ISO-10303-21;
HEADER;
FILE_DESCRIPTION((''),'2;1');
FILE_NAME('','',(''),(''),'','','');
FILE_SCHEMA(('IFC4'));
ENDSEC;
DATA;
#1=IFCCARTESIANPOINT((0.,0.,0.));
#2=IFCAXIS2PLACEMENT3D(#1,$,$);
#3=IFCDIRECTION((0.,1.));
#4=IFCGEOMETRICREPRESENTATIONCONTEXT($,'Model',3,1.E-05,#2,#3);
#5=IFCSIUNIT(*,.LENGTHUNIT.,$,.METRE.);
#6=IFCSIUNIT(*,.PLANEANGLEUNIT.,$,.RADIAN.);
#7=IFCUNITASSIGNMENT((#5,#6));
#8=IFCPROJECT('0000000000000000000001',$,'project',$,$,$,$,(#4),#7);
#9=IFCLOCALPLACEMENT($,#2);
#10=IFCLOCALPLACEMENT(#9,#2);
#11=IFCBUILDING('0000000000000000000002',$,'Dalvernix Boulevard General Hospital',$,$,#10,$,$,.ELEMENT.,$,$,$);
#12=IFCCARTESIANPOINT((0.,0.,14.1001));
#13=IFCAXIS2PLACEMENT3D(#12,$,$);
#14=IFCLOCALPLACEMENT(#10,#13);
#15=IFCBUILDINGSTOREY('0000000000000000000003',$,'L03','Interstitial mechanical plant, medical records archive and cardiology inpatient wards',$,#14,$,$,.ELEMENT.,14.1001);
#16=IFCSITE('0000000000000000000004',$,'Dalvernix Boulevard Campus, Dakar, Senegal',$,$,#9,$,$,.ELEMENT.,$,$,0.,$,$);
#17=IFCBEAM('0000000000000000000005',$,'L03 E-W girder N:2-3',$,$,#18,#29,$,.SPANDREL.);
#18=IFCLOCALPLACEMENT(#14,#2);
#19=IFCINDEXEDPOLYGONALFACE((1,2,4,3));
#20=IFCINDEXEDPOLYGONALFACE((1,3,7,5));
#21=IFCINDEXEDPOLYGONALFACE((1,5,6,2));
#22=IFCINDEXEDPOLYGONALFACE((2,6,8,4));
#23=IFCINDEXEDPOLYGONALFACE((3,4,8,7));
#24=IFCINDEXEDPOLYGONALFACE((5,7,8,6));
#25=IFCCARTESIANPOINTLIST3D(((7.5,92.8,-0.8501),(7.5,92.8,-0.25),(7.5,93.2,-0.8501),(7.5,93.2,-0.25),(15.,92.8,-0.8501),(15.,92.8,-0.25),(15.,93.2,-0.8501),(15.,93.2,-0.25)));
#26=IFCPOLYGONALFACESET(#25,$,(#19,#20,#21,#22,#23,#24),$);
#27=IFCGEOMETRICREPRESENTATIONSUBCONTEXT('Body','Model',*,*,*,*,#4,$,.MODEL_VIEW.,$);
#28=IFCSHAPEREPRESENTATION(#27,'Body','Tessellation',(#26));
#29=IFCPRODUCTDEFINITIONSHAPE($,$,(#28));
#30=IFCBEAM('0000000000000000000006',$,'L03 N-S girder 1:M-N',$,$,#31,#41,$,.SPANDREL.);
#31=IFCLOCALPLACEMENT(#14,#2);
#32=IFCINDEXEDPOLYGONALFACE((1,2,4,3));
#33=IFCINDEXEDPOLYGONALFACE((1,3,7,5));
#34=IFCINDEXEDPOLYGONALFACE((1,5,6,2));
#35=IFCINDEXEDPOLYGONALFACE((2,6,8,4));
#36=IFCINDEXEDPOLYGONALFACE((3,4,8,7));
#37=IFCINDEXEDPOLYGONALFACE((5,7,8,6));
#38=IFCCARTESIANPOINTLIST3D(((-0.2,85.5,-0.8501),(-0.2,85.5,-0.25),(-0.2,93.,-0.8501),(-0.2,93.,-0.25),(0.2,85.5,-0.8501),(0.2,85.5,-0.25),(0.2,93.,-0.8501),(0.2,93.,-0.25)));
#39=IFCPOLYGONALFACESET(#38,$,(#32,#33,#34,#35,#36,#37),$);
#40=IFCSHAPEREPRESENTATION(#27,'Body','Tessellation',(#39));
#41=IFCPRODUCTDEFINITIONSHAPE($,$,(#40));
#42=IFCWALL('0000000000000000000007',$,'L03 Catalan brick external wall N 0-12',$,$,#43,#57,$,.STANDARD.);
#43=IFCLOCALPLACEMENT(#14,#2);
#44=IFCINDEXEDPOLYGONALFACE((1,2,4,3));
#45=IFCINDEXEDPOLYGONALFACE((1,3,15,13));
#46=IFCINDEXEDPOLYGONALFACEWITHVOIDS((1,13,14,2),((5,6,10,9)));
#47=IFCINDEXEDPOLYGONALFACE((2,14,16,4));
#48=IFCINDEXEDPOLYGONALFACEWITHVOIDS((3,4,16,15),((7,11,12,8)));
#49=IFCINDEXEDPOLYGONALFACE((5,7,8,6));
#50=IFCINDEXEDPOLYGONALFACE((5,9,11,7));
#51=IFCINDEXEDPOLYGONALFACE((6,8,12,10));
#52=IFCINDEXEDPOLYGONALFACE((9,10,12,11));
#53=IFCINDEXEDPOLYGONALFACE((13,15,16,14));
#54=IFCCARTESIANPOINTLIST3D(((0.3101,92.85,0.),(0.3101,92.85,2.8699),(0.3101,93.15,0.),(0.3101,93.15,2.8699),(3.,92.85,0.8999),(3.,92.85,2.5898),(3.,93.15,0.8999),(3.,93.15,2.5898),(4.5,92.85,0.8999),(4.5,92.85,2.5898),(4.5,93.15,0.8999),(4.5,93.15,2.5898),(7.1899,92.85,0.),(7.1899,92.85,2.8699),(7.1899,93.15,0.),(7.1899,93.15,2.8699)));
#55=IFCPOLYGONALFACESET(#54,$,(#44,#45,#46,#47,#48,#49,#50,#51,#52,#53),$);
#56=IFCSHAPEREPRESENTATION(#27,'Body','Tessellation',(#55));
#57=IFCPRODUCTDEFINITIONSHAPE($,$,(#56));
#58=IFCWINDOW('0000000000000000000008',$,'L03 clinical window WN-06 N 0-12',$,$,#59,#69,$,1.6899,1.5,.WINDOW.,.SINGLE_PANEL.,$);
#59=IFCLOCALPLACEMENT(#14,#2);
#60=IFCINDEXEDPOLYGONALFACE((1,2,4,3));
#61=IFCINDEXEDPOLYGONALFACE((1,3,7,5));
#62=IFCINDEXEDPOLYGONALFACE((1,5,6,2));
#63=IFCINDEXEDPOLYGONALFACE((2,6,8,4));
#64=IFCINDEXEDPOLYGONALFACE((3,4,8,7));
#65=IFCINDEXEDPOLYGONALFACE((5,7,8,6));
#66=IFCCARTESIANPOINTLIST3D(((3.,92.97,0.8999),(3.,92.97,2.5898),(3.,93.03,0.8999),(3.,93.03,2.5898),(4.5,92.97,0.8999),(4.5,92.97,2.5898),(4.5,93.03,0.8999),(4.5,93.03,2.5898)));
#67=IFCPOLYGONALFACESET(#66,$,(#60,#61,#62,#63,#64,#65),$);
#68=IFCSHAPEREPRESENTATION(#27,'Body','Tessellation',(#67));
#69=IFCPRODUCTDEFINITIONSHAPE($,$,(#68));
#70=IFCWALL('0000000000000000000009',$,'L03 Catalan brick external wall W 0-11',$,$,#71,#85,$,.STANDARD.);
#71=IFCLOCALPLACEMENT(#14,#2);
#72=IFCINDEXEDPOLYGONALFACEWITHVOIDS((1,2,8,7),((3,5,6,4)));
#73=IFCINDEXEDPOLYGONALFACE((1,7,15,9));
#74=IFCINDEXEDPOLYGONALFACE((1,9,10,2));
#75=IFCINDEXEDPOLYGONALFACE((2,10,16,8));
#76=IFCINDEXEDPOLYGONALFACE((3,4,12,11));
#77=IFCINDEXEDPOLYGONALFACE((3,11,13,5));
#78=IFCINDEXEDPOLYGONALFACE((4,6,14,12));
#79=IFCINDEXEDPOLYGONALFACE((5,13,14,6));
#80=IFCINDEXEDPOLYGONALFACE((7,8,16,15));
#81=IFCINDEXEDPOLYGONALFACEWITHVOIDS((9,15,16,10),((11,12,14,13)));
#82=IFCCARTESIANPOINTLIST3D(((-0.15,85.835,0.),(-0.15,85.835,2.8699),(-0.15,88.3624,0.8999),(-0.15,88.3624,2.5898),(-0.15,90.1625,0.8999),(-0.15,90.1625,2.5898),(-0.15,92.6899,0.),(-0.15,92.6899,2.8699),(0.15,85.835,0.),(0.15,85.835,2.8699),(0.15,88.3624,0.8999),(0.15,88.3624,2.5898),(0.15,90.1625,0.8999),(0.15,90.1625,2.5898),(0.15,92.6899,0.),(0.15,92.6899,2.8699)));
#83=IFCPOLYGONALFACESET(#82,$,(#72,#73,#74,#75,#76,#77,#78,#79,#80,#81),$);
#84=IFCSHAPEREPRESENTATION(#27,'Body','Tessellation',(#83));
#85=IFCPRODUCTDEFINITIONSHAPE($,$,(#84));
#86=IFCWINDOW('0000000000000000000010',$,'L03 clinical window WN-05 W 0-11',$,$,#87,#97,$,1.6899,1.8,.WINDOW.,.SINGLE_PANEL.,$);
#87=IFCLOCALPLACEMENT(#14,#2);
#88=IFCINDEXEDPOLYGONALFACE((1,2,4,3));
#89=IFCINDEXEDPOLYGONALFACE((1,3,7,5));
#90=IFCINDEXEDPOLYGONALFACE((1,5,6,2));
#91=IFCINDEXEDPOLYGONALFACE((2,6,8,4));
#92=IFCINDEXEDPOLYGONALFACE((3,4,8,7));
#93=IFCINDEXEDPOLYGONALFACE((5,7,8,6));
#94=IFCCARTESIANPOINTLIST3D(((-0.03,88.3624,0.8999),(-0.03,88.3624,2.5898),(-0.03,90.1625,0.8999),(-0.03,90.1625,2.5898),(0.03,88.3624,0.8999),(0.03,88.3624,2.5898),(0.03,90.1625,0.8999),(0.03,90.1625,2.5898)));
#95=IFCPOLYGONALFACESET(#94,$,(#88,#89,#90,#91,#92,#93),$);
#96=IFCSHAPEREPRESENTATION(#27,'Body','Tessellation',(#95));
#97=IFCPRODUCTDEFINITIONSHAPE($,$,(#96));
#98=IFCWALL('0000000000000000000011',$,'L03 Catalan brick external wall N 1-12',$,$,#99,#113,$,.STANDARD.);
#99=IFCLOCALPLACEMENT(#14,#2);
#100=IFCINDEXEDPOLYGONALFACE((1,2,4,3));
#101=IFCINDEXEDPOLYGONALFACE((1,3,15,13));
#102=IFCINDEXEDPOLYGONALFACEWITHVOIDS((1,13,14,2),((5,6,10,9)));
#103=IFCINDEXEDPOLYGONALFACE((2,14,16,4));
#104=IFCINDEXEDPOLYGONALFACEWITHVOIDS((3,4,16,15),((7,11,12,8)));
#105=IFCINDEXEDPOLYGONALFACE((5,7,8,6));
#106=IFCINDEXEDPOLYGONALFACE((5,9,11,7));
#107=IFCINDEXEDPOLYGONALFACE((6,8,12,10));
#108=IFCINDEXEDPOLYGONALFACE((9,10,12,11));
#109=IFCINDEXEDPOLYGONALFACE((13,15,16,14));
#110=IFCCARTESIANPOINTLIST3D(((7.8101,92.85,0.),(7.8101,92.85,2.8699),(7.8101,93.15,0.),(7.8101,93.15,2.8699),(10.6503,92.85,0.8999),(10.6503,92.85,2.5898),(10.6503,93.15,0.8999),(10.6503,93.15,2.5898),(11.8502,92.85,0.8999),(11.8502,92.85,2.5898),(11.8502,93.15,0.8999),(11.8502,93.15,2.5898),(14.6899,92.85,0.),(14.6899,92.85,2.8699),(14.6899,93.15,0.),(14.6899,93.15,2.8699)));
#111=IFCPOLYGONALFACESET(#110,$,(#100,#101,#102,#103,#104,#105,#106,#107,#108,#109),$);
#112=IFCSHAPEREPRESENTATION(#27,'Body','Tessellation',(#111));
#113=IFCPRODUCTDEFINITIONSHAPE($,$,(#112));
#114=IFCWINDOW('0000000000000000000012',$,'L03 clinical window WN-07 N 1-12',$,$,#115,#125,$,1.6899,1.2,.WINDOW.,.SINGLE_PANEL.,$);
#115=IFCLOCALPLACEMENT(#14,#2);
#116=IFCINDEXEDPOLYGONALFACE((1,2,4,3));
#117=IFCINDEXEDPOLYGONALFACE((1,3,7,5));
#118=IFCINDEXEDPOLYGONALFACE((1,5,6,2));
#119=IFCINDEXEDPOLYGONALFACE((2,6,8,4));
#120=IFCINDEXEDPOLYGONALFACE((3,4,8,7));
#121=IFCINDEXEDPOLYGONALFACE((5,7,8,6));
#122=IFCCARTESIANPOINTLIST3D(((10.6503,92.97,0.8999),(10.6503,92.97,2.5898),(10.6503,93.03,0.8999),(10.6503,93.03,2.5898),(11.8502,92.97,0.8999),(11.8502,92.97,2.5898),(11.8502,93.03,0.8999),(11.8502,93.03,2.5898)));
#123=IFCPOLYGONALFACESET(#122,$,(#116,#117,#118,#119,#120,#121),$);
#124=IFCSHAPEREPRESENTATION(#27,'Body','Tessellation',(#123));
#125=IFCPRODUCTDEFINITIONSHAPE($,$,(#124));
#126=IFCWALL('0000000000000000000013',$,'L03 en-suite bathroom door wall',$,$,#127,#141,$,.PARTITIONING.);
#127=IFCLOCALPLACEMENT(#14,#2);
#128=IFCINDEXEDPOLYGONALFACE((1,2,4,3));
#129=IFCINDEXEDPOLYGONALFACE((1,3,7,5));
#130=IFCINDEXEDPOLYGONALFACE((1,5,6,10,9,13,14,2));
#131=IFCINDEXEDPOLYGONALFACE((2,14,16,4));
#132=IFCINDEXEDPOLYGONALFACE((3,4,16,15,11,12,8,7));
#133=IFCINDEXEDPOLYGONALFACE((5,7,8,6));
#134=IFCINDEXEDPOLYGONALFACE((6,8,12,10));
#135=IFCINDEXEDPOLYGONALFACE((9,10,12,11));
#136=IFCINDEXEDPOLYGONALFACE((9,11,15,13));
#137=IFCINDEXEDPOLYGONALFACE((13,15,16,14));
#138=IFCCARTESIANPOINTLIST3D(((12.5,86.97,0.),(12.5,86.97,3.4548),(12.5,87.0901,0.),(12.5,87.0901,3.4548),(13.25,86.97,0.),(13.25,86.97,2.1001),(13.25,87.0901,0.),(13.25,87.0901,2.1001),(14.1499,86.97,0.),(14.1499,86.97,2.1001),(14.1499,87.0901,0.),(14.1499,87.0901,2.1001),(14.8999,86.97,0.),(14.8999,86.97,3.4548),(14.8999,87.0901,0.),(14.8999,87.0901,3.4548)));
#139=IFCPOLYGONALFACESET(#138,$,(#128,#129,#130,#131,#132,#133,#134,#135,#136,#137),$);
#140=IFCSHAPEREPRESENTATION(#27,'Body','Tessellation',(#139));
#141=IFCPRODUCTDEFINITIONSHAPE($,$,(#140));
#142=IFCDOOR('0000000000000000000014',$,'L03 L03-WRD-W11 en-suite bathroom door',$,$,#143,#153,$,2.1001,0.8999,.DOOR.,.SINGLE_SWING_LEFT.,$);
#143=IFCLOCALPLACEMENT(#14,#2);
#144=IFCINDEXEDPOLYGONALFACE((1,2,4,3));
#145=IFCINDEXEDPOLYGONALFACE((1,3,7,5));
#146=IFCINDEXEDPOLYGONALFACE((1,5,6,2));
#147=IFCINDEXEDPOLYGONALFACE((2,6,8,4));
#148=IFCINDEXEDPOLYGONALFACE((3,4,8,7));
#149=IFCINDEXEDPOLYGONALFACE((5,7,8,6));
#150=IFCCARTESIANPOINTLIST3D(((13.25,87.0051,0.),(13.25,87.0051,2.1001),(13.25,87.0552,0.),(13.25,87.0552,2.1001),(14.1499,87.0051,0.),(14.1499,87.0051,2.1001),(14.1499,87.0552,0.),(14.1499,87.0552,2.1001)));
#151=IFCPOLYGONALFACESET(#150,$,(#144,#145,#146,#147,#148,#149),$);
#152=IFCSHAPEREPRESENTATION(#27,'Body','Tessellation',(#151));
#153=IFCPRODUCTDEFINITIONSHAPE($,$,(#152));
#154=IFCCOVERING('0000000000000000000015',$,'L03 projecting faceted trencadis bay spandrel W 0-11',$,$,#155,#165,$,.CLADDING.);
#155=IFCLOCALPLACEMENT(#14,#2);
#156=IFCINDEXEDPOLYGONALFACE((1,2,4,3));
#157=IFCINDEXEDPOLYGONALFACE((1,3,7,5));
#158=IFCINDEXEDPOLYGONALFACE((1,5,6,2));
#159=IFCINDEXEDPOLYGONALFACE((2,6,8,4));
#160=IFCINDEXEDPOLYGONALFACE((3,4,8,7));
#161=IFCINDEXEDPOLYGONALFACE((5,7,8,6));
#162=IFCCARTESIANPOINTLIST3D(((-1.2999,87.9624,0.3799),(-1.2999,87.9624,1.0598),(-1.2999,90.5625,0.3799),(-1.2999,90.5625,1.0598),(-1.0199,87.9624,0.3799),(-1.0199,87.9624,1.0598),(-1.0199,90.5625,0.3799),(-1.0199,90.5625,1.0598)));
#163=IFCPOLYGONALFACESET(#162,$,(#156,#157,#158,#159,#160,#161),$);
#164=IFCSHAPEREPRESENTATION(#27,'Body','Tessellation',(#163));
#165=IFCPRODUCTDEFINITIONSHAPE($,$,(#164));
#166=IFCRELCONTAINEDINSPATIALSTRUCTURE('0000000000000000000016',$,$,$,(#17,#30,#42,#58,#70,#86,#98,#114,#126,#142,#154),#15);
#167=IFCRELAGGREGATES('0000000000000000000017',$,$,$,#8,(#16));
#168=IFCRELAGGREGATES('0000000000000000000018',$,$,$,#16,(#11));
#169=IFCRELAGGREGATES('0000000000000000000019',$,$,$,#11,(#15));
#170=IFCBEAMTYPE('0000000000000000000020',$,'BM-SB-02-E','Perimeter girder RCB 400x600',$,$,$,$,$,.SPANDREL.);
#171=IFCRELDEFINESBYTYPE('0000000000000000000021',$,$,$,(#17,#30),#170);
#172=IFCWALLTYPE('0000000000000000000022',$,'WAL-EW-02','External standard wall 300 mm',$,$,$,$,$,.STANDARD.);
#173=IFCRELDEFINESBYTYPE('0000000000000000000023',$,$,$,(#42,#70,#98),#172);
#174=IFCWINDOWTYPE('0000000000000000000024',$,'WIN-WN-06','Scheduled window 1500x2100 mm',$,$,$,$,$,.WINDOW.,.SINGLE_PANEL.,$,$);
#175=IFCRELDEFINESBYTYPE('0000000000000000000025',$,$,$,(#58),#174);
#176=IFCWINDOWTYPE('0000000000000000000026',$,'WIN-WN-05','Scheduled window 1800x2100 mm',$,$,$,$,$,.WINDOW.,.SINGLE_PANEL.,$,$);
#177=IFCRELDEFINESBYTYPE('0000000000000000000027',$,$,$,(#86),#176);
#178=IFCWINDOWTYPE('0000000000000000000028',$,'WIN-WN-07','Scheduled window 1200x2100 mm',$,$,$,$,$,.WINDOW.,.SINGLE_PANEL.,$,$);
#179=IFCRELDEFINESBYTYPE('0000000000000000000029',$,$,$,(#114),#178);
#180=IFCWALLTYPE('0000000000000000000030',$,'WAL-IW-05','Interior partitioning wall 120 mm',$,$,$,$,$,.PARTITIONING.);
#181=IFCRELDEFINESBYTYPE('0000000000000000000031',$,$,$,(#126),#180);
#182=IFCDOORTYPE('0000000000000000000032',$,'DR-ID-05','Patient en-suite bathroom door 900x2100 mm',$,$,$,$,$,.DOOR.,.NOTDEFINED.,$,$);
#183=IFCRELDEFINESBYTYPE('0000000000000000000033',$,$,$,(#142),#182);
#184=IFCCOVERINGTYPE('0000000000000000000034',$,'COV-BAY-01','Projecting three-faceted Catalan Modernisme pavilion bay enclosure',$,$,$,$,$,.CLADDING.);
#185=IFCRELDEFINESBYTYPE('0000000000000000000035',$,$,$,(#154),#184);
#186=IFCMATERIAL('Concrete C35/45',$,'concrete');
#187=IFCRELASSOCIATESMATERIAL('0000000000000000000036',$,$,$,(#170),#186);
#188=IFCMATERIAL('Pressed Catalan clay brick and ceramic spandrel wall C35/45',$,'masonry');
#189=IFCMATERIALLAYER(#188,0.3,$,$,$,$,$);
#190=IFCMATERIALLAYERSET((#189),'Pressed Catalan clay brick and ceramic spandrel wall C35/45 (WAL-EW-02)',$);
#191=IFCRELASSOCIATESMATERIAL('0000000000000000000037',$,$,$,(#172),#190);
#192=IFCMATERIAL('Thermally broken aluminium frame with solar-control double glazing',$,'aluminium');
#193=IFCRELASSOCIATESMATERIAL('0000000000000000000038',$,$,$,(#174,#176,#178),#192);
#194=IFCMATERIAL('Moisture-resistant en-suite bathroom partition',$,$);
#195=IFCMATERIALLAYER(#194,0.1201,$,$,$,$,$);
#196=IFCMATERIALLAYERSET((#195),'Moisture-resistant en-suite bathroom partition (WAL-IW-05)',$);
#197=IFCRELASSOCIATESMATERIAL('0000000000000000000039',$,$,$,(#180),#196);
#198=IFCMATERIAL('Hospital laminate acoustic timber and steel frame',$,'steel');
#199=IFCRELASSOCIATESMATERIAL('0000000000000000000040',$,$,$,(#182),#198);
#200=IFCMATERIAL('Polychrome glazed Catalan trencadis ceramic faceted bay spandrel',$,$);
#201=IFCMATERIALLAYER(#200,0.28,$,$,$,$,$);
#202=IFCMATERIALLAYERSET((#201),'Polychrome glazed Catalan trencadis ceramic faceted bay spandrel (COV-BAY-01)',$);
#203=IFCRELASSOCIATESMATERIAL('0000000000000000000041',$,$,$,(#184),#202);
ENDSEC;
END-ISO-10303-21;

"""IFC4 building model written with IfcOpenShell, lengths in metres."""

from ifc_helpers import new_model, si_unit, direction, frame, frame_2d, origin, origin_2d, place, context, subcontext, project, spatial, rectangle, extrude, material, layer, layer_set, material_profile, profile_set, type_object, element, fill, save


model = new_model("IFC4")

# Units and contexts
model_context = context("Model", 3, precision=1e-05, world=origin(), true_north=direction((0.0, 1.0)))
body_context = subcontext(model_context, "Body", "Model", "MODEL_VIEW")
ifc_project = project(units=[si_unit("LENGTHUNIT", "METRE"), si_unit("PLANEANGLEUNIT", "RADIAN")], contexts=[model_context])

# Site, building, storey
site_placement = place(None, origin())
site = spatial("IfcSite", under=ifc_project, at=site_placement, Name="Dalvernix Boulevard Campus, Dakar, Senegal", CompositionType="ELEMENT", RefElevation=0.0)
building_placement = place(site_placement, origin())
building = spatial("IfcBuilding", under=site, at=building_placement, Name="Dalvernix Boulevard General Hospital", CompositionType="ELEMENT")
storey_placement = place(building_placement, frame((0.0, 0.0, 14.1001)))
storey = spatial("IfcBuildingStorey", under=building, at=storey_placement, Name="L03", Description="Interstitial mechanical plant, medical records archive and cardiology inpatient wards", CompositionType="ELEMENT", Elevation=14.1001)

# Beams
ifc_material_1 = material(Name="Concrete C35/45", Category="concrete")
ifc_material_profile_1 = material_profile(ifc_material_1, rectangle(XDim=0.3999, YDim=0.6001, at=origin_2d()), Name="RCB 400x600")
ifc_profile_set_1 = profile_set([ifc_material_profile_1], Name="Concrete C35/45")
beam_type_1 = type_object("IfcBeamType", Name="BM-SB-02-E", Description="Perimeter girder RCB 400x600", PredefinedType="SPANDREL", material=ifc_profile_set_1)
for number, where, z_axis, x_axis, name in (
    (1, (7.5, 93.0, -0.55), (1.0, 0.0, 0.0), (0.0, 1.0, 0.0), "L03 E-W girder N:2-3"),
    (2, (0.0, 85.5, -0.55), (0.0, 1.0, 0.0), (-1.0, 0.0, 0.0), "L03 N-S girder 1:M-N"),
):
    element("IfcBeam", number, at=place(storey_placement, frame(where, z_axis=z_axis, x_axis=x_axis)), inside=storey, type_object=beam_type_1, Name=name, PredefinedType="SPANDREL", context=body_context, shape_type="SweptSolid", body=[
        extrude(rectangle(XDim=0.3999, YDim=0.6001, at=origin_2d()), origin(), (0.0, 0.0, 1.0), 7.5),
    ])

# Walls, openings, windows
ifc_material_2 = material(Name="Pressed Catalan clay brick and ceramic spandrel wall C35/45", Category="masonry")
ifc_layer_1 = layer(ifc_material_2, 0.3)
ifc_layer_set_1 = layer_set([ifc_layer_1], Name="Pressed Catalan clay brick and ceramic spandrel wall C35/45 (WAL-EW-02)")
wall_type_1 = type_object("IfcWallType", Name="WAL-EW-02", Description="External standard wall 300 mm", PredefinedType="STANDARD", material=ifc_layer_set_1)
wall_1_placement = place(storey_placement, frame((0.3101, 93.0, 0.0), z_axis=(0.0, 0.0, 1.0), x_axis=(1.0, 0.0, 0.0)))
wall_1 = element("IfcWall", 3, at=wall_1_placement, inside=storey, type_object=wall_type_1, Name="L03 Catalan brick external wall N 0-12", PredefinedType="STANDARD", context=body_context, shape_type="SweptSolid", body=[
    extrude(rectangle(XDim=6.8799, YDim=0.3, at=frame_2d((3.4399, 0.0))), origin(), (0.0, 0.0, 1.0), 2.8699),
])
opening_1_placement = place(wall_1_placement, frame((2.6899, 0.0, 0.8999)))
opening_1 = element("IfcOpeningElement", 4, at=opening_1_placement, cuts=wall_1, PredefinedType="OPENING", context=body_context, shape_type="SweptSolid", body=[
    extrude(rectangle(XDim=1.5, YDim=1.6899, at=frame_2d((0.75, 0.845))), frame((0.0, 0.1599, 0.0), z_axis=(0.0, -1.0, 0.0), x_axis=(1.0, 0.0, 0.0)), (0.0, 0.0, 1.0), 0.3201),
])
ifc_material_3 = material(Name="Thermally broken aluminium frame with solar-control double glazing", Category="aluminium")
window_type_1 = type_object("IfcWindowType", Name="WIN-WN-06", Description="Scheduled window 1500x2100 mm", PartitioningType="SINGLE_PANEL", PredefinedType="WINDOW", material=ifc_material_3)
window_1_placement = place(opening_1_placement, origin())
window_1 = element("IfcWindow", 5, at=window_1_placement, inside=storey, type_object=window_type_1, Name="L03 clinical window WN-06 N 0-12", OverallHeight=1.6899, OverallWidth=1.5, PartitioningType="SINGLE_PANEL", PredefinedType="WINDOW", context=body_context, shape_type="SweptSolid", body=[
    extrude(rectangle(XDim=1.5, YDim=1.6899, at=frame_2d((0.75, 0.845))), frame((0.0, 0.03, 0.0), z_axis=(0.0, -1.0, 0.0), x_axis=(1.0, 0.0, 0.0)), (0.0, 0.0, 1.0), 0.0601),
])
fill(opening_1, window_1)
wall_2_placement = place(storey_placement, frame((0.0, 85.835, 0.0), z_axis=(0.0, 0.0, 1.0), x_axis=(0.0, 1.0, 0.0)))
wall_2 = element("IfcWall", 6, at=wall_2_placement, inside=storey, type_object=wall_type_1, Name="L03 Catalan brick external wall W 0-11", PredefinedType="STANDARD", context=body_context, shape_type="SweptSolid", body=[
    extrude(rectangle(XDim=6.855, YDim=0.3, at=frame_2d((3.4275, 0.0))), origin(), (0.0, 0.0, 1.0), 2.8699),
])
opening_2_placement = place(wall_2_placement, frame((2.5276, 0.0, 0.8999)))
opening_2 = element("IfcOpeningElement", 7, at=opening_2_placement, cuts=wall_2, PredefinedType="OPENING", context=body_context, shape_type="SweptSolid", body=[
    extrude(rectangle(XDim=1.8, YDim=1.6899, at=frame_2d((0.8999, 0.845))), frame((0.0, 0.1599, 0.0), z_axis=(0.0, -1.0, 0.0), x_axis=(1.0, 0.0, 0.0)), (0.0, 0.0, 1.0), 0.3201),
])
window_type_2 = type_object("IfcWindowType", Name="WIN-WN-05", Description="Scheduled window 1800x2100 mm", PartitioningType="SINGLE_PANEL", PredefinedType="WINDOW", material=ifc_material_3)
window_2_placement = place(opening_2_placement, origin())
window_2 = element("IfcWindow", 8, at=window_2_placement, inside=storey, type_object=window_type_2, Name="L03 clinical window WN-05 W 0-11", OverallHeight=1.6899, OverallWidth=1.8, PartitioningType="SINGLE_PANEL", PredefinedType="WINDOW", context=body_context, shape_type="SweptSolid", body=[
    extrude(rectangle(XDim=1.8, YDim=1.6899, at=frame_2d((0.8999, 0.845))), frame((0.0, 0.03, 0.0), z_axis=(0.0, -1.0, 0.0), x_axis=(1.0, 0.0, 0.0)), (0.0, 0.0, 1.0), 0.0601),
])
fill(opening_2, window_2)
wall_3_placement = place(storey_placement, frame((7.8101, 93.0, 0.0), z_axis=(0.0, 0.0, 1.0), x_axis=(1.0, 0.0, 0.0)))
wall_3 = element("IfcWall", 9, at=wall_3_placement, inside=storey, type_object=wall_type_1, Name="L03 Catalan brick external wall N 1-12", PredefinedType="STANDARD", context=body_context, shape_type="SweptSolid", body=[
    extrude(rectangle(XDim=6.8799, YDim=0.3, at=frame_2d((3.4399, 0.0))), origin(), (0.0, 0.0, 1.0), 2.8699),
])
opening_3_placement = place(wall_3_placement, frame((2.8401, 0.0, 0.8999)))
opening_3 = element("IfcOpeningElement", 10, at=opening_3_placement, cuts=wall_3, PredefinedType="OPENING", context=body_context, shape_type="SweptSolid", body=[
    extrude(rectangle(XDim=1.2, YDim=1.6899, at=frame_2d((0.6001, 0.845))), frame((0.0, 0.1599, 0.0), z_axis=(0.0, -1.0, 0.0), x_axis=(1.0, 0.0, 0.0)), (0.0, 0.0, 1.0), 0.3201),
])
window_type_3 = type_object("IfcWindowType", Name="WIN-WN-07", Description="Scheduled window 1200x2100 mm", PartitioningType="SINGLE_PANEL", PredefinedType="WINDOW", material=ifc_material_3)
window_3_placement = place(opening_3_placement, origin())
window_3 = element("IfcWindow", 11, at=window_3_placement, inside=storey, type_object=window_type_3, Name="L03 clinical window WN-07 N 1-12", OverallHeight=1.6899, OverallWidth=1.2, PartitioningType="SINGLE_PANEL", PredefinedType="WINDOW", context=body_context, shape_type="SweptSolid", body=[
    extrude(rectangle(XDim=1.2, YDim=1.6899, at=frame_2d((0.6001, 0.845))), frame((0.0, 0.03, 0.0), z_axis=(0.0, -1.0, 0.0), x_axis=(1.0, 0.0, 0.0)), (0.0, 0.0, 1.0), 0.0601),
])
fill(opening_3, window_3)

# Wall, opening, door
ifc_material_4 = material(Name="Moisture-resistant en-suite bathroom partition")
ifc_layer_2 = layer(ifc_material_4, 0.1201)
ifc_layer_set_2 = layer_set([ifc_layer_2], Name="Moisture-resistant en-suite bathroom partition (WAL-IW-05)")
wall_type_2 = type_object("IfcWallType", Name="WAL-IW-05", Description="Interior partitioning wall 120 mm", PredefinedType="PARTITIONING", material=ifc_layer_set_2)
wall_4_placement = place(storey_placement, frame((14.8999, 87.03, 0.0), z_axis=(0.0, 0.0, 1.0), x_axis=(-1.0, 0.0, 0.0)))
wall_4 = element("IfcWall", 12, at=wall_4_placement, inside=storey, type_object=wall_type_2, Name="L03 en-suite bathroom door wall", PredefinedType="PARTITIONING", context=body_context, shape_type="SweptSolid", body=[
    extrude(rectangle(XDim=2.3999, YDim=0.1201, at=frame_2d((1.2, 0.0))), origin(), (0.0, 0.0, 1.0), 3.4548),
])
opening_4_placement = place(wall_4_placement, frame((0.75, 0.0, 0.0)))
opening_4 = element("IfcOpeningElement", 13, at=opening_4_placement, cuts=wall_4, PredefinedType="OPENING", context=body_context, shape_type="SweptSolid", body=[
    extrude(rectangle(XDim=0.8999, YDim=2.1001, at=frame_2d((0.45, 1.05))), frame((0.0, 0.0701, 0.0), z_axis=(0.0, -1.0, 0.0), x_axis=(1.0, 0.0, 0.0)), (0.0, 0.0, 1.0), 0.1401),
])
ifc_material_5 = material(Name="Hospital laminate acoustic timber and steel frame", Category="steel")
door_type = type_object("IfcDoorType", Name="DR-ID-05", Description="Patient en-suite bathroom door 900x2100 mm", OperationType="NOTDEFINED", PredefinedType="DOOR", material=ifc_material_5)
door_placement = place(opening_4_placement, origin())
door = element("IfcDoor", 14, at=door_placement, inside=storey, type_object=door_type, Name="L03 L03-WRD-W11 en-suite bathroom door", OperationType="SINGLE_SWING_LEFT", OverallHeight=2.1001, OverallWidth=0.8999, PredefinedType="DOOR", context=body_context, shape_type="SweptSolid", body=[
    extrude(rectangle(XDim=0.8999, YDim=2.1001, at=frame_2d((0.45, 1.05))), frame((0.0, 0.0249, 0.0), z_axis=(0.0, -1.0, 0.0), x_axis=(1.0, 0.0, 0.0)), (0.0, 0.0, 1.0), 0.05),
])
fill(opening_4, door)

# Covering
ifc_material_6 = material(Name="Polychrome glazed Catalan trencadis ceramic faceted bay spandrel")
ifc_layer_3 = layer(ifc_material_6, 0.28)
ifc_layer_set_3 = layer_set([ifc_layer_3], Name="Polychrome glazed Catalan trencadis ceramic faceted bay spandrel (COV-BAY-01)")
covering_type_1 = type_object("IfcCoveringType", Name="COV-BAY-01", Description="Projecting three-faceted Catalan Modernisme pavilion bay enclosure", PredefinedType="CLADDING", material=ifc_layer_set_3)
covering_1_placement = place(storey_placement, frame((-1.1599, 89.2625, 0.3799), z_axis=(0.0, 0.0, 1.0), x_axis=(0.0, 1.0, 0.0)))
element("IfcCovering", 15, at=covering_1_placement, inside=storey, type_object=covering_type_1, Name="L03 projecting faceted trencadis bay spandrel W 0-11", PredefinedType="CLADDING", context=body_context, shape_type="SweptSolid", body=[
    extrude(rectangle(XDim=2.6001, YDim=0.28, at=origin_2d()), origin(), (0.0, 0.0, 1.0), 0.6799),
])

save(model, "model.ifc")
